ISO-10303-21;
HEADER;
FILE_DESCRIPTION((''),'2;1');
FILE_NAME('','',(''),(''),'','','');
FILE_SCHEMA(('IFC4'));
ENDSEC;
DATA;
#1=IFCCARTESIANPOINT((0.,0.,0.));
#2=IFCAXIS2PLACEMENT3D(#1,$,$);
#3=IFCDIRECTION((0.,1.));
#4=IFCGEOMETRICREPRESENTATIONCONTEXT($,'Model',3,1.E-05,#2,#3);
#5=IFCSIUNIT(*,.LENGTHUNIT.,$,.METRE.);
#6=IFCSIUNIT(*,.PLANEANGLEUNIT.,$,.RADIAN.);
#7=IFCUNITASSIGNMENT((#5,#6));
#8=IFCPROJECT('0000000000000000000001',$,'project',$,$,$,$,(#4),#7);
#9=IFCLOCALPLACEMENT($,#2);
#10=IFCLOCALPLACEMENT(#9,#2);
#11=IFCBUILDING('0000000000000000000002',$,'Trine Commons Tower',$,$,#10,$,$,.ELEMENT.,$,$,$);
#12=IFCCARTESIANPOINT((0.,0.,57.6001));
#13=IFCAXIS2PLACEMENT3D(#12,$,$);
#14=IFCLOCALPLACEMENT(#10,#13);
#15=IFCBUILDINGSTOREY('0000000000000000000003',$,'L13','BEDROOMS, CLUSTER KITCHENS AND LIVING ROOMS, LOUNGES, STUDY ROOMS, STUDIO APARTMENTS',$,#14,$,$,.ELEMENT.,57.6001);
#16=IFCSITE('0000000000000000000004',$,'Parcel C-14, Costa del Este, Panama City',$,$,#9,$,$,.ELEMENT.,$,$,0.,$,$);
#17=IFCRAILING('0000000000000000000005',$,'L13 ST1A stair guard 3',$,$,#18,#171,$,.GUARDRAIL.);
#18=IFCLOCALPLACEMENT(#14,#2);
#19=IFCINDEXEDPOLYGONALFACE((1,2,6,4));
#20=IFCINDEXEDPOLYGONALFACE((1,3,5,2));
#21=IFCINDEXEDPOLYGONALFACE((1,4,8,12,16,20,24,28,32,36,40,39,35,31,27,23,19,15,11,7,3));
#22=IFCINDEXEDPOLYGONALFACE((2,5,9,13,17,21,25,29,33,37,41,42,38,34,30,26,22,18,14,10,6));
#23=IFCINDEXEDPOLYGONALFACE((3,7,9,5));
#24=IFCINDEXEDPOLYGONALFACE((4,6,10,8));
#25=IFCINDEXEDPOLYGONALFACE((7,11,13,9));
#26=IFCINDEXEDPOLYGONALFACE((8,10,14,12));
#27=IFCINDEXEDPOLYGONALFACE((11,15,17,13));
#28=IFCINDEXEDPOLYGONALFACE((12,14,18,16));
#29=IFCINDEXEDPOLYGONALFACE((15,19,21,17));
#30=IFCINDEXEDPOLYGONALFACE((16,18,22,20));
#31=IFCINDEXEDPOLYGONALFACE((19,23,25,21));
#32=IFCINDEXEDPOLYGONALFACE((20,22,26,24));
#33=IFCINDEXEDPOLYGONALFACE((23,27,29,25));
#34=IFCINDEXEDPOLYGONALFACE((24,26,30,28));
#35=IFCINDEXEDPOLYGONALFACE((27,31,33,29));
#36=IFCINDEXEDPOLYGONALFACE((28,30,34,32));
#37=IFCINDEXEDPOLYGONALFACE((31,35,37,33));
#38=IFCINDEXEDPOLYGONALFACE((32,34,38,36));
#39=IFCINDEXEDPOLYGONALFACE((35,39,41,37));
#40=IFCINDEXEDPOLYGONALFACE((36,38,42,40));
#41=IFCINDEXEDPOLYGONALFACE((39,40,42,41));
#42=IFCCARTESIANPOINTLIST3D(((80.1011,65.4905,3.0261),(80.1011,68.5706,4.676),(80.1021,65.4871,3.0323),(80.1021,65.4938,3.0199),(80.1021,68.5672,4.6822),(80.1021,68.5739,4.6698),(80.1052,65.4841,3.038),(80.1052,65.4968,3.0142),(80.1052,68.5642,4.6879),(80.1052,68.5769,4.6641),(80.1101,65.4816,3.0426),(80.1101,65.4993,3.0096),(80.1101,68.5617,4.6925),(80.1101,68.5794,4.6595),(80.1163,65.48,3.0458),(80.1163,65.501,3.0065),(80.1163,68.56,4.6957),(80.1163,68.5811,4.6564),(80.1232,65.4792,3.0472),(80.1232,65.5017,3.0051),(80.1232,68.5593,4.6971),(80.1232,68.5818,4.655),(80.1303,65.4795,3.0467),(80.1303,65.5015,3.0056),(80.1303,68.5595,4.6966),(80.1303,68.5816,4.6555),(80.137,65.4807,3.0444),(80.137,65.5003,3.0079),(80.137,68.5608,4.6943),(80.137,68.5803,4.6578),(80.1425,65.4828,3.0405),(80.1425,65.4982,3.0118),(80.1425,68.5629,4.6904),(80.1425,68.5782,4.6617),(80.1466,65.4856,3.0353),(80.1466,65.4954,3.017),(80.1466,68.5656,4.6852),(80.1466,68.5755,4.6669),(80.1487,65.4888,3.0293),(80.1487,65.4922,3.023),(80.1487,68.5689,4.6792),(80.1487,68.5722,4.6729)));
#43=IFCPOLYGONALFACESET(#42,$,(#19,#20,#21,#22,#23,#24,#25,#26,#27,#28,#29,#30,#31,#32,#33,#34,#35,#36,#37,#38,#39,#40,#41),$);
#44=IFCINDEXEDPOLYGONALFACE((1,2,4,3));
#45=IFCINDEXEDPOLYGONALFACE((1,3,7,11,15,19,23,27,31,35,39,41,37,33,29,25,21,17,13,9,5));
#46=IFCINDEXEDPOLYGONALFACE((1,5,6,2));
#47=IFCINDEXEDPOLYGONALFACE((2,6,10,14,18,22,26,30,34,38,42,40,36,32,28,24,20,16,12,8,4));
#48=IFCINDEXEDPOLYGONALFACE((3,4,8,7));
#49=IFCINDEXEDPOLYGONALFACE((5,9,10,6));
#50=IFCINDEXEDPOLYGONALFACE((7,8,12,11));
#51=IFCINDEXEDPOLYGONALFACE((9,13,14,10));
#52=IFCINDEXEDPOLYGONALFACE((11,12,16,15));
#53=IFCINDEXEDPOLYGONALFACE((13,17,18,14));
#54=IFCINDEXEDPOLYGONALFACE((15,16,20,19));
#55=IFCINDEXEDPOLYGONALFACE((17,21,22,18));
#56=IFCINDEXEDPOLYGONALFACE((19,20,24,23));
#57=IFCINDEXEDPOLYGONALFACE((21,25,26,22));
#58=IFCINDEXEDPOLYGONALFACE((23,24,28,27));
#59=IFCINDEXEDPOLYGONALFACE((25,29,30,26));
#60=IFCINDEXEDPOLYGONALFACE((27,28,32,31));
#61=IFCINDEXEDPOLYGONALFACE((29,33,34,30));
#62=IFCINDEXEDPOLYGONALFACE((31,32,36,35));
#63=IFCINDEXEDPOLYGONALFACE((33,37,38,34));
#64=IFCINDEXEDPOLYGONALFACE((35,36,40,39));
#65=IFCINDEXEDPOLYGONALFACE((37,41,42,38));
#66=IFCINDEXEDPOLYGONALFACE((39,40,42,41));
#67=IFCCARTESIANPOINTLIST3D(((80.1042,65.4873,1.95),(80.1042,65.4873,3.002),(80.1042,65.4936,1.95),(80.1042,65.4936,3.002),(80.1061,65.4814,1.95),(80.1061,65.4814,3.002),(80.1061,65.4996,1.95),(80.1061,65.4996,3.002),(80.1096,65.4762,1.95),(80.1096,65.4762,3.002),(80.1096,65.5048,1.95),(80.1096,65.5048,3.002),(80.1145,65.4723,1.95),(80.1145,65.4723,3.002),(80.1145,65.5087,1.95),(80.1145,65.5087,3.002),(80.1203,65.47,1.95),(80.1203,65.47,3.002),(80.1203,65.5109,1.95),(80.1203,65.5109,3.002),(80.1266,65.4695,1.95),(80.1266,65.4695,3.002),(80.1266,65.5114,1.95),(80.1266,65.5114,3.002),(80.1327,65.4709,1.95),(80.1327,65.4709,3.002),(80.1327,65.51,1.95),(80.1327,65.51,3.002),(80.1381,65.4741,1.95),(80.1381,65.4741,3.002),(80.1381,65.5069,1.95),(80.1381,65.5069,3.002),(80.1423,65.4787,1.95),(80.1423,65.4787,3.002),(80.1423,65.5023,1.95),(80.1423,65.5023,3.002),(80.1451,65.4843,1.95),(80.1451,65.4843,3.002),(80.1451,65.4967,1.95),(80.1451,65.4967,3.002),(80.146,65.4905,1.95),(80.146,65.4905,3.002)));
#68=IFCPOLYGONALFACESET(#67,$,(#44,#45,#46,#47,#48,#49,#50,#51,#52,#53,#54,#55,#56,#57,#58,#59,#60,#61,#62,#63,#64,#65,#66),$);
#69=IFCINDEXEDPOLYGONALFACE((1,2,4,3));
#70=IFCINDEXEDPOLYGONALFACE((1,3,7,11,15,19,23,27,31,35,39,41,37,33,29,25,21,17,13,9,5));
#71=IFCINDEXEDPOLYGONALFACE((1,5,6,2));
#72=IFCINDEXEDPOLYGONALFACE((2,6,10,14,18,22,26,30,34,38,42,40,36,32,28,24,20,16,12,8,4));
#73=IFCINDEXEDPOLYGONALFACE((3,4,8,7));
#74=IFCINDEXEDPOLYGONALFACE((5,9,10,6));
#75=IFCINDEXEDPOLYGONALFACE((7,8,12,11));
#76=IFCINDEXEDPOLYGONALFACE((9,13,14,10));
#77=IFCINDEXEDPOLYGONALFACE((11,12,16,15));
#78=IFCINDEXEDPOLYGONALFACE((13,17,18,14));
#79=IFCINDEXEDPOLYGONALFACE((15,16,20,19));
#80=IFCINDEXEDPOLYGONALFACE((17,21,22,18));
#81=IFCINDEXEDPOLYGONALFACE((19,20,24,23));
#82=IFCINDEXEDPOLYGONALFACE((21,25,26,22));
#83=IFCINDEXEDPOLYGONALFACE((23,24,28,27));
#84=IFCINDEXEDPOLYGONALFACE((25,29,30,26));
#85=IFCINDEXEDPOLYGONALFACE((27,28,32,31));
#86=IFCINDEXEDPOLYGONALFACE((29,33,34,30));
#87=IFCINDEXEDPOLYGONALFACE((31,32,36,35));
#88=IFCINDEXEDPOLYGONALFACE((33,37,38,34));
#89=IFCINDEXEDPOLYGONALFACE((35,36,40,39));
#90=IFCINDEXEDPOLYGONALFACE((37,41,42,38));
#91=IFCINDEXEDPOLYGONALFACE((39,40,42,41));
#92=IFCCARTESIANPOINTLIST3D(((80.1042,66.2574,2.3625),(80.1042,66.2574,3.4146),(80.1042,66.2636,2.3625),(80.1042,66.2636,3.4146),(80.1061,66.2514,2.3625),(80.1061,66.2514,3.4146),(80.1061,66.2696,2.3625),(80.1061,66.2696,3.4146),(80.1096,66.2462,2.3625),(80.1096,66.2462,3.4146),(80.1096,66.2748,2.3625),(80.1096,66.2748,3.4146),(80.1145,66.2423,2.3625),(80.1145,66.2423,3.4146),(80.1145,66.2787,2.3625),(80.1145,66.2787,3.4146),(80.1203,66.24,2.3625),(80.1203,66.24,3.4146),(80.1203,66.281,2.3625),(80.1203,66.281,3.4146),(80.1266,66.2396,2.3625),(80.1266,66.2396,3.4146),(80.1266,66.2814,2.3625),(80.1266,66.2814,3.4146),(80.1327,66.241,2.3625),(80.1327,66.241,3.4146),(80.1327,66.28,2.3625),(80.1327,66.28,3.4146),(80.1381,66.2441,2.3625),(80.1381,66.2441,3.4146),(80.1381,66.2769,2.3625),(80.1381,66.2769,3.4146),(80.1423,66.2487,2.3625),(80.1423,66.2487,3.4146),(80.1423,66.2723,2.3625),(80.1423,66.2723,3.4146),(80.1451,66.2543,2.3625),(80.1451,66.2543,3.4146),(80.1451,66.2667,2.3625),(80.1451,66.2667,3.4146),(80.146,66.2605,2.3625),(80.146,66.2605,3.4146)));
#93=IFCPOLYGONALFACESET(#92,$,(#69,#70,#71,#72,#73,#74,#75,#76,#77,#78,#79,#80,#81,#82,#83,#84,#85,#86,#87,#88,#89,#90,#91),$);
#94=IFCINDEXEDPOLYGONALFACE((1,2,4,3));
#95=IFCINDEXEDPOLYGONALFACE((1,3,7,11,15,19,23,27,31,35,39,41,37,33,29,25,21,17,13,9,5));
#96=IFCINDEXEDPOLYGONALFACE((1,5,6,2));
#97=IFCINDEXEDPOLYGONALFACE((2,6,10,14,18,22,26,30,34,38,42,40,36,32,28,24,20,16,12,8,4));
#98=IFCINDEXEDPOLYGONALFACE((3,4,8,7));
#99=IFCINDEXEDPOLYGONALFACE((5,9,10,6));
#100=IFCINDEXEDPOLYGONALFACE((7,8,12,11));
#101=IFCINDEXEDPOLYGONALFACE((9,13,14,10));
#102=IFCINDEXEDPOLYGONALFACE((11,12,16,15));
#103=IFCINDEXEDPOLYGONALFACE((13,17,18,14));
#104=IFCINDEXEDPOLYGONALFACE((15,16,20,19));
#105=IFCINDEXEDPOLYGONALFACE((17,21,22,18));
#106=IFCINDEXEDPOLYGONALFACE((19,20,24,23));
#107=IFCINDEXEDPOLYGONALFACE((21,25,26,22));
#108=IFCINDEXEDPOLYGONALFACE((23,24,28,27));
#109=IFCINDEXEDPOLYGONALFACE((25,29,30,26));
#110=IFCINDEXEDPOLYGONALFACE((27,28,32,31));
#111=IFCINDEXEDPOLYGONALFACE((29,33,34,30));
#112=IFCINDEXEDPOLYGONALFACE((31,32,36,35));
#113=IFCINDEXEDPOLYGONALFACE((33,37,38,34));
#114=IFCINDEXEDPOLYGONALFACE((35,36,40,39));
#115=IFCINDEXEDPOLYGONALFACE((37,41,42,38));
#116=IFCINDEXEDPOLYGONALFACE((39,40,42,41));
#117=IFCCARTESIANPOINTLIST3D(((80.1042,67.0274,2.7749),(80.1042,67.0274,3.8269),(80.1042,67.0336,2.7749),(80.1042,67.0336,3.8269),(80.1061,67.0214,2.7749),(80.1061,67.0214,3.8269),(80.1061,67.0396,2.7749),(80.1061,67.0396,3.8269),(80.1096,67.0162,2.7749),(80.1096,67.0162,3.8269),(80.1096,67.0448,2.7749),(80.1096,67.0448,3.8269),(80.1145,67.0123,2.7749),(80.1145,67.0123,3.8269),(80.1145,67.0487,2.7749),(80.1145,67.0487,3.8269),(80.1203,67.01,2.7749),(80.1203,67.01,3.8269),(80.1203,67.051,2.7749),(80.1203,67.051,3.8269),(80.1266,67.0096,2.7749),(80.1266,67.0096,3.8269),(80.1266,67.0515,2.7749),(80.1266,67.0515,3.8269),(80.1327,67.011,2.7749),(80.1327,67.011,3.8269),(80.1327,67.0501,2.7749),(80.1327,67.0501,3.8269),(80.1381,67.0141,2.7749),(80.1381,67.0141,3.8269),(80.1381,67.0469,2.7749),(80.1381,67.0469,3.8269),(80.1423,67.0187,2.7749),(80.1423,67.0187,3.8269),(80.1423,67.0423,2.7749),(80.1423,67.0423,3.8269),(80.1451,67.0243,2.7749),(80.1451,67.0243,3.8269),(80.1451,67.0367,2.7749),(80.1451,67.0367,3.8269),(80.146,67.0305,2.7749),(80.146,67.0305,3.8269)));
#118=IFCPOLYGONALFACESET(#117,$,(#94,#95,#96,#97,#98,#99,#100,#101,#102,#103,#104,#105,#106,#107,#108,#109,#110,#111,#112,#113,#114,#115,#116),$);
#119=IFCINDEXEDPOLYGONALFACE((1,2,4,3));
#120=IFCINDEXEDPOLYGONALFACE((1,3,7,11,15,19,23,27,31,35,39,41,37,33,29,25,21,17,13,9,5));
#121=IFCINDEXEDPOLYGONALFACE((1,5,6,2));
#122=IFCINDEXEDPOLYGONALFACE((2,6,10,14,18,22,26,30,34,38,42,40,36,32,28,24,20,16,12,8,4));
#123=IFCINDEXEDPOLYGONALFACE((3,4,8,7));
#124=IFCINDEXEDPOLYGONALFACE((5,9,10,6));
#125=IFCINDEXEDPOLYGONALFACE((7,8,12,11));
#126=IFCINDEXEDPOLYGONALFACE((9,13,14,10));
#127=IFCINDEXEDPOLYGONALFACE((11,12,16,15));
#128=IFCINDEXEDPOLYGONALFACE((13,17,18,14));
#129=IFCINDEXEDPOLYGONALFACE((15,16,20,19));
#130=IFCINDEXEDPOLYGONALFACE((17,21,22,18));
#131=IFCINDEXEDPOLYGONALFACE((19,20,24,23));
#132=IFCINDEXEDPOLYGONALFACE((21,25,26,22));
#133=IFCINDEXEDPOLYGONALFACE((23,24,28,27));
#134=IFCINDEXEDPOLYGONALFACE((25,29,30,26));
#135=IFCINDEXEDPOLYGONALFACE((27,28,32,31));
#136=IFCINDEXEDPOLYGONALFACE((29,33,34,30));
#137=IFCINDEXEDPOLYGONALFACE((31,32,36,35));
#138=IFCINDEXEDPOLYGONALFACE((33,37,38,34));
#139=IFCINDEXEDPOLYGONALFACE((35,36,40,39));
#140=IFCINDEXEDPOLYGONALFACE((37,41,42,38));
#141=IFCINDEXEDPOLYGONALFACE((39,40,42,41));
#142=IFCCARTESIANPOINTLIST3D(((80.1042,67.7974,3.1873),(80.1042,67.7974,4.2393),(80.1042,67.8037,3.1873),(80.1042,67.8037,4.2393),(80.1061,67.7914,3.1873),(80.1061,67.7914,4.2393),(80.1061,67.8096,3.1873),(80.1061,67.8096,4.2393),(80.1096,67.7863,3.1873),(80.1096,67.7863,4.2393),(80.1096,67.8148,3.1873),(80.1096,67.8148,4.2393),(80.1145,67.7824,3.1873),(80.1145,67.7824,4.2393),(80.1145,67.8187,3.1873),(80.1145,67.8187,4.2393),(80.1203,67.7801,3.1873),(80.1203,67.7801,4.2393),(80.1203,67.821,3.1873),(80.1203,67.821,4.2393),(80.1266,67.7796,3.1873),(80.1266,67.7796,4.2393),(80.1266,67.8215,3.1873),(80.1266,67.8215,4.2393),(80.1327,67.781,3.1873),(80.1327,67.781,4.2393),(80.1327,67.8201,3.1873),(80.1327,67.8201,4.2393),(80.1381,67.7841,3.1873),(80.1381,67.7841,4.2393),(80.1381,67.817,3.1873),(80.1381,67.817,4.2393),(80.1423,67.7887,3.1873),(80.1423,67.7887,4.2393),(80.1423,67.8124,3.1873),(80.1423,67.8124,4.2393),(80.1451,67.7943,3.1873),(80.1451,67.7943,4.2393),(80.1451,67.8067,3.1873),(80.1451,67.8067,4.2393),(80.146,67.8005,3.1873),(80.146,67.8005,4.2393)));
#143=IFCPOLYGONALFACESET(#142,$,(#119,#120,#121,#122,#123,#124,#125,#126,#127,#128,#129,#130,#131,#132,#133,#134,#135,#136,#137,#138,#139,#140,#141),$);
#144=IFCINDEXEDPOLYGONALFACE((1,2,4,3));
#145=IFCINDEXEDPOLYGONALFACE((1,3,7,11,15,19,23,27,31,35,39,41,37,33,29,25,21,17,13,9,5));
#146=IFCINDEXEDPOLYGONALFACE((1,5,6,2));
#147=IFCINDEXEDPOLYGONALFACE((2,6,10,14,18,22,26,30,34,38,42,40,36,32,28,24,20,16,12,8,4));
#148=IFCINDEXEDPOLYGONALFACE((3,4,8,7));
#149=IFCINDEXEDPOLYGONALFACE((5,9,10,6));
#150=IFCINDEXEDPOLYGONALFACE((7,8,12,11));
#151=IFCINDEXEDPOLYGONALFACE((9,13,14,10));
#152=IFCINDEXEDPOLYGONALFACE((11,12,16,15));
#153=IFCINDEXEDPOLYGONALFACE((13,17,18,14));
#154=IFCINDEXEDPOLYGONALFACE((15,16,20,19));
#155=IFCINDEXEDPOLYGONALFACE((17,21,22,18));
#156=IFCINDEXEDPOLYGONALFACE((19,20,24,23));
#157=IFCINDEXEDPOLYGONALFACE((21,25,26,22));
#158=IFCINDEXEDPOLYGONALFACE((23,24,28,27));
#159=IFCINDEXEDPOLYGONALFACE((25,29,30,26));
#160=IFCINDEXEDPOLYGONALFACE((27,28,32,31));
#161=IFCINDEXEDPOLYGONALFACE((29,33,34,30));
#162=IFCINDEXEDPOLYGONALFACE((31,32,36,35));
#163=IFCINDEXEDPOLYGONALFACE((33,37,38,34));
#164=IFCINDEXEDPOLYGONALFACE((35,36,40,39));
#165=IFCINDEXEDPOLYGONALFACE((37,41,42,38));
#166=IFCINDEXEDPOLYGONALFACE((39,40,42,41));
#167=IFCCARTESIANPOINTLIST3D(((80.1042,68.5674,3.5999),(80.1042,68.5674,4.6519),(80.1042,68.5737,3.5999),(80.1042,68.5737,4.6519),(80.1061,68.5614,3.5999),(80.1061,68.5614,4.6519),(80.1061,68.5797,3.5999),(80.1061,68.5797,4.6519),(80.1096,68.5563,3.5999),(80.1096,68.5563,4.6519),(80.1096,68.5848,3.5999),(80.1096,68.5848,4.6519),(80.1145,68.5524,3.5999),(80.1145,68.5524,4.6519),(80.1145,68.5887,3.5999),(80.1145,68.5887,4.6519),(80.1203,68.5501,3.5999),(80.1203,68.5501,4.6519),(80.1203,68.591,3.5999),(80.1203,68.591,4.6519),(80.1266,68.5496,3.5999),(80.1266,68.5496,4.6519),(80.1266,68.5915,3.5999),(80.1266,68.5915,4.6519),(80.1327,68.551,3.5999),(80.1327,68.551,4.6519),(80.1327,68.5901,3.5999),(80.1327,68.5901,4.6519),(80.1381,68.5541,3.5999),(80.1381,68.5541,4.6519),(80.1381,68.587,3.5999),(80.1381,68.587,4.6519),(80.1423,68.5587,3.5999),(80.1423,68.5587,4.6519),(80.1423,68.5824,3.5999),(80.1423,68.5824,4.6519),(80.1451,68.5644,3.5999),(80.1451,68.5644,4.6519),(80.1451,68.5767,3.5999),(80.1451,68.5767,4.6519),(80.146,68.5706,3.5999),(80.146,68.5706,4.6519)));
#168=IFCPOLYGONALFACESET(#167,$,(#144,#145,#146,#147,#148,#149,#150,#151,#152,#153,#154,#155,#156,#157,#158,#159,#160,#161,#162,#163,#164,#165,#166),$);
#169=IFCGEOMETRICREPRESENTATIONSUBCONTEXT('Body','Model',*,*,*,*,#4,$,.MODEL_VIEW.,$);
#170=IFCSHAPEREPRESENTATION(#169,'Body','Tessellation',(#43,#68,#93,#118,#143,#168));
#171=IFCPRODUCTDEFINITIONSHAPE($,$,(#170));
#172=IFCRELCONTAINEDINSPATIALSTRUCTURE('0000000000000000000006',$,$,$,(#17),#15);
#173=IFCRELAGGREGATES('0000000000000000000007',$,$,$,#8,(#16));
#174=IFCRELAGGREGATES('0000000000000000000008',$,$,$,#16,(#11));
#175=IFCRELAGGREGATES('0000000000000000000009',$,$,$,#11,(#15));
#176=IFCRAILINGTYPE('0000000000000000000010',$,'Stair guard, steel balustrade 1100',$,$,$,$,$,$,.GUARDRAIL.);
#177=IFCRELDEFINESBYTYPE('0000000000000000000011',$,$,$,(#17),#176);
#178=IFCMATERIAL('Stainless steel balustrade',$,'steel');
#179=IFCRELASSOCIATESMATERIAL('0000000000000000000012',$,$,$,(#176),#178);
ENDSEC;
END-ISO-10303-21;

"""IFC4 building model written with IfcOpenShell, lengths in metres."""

from ifc_helpers import new_model, si_unit, direction, frame, origin, origin_2d, place, context, subcontext, project, spatial, circle, extrude, material, type_object, element, save


model = new_model("IFC4")

# Units and contexts
model_context = context("Model", 3, precision=1e-05, world=origin(), true_north=direction((0.0, 1.0)))
body_context = subcontext(model_context, "Body", "Model", "MODEL_VIEW")
ifc_project = project(units=[si_unit("LENGTHUNIT", "METRE"), si_unit("PLANEANGLEUNIT", "RADIAN")], contexts=[model_context])

# Site, building, storey
site_placement = place(None, origin())
site = spatial("IfcSite", under=ifc_project, at=site_placement, Name="Parcel C-14, Costa del Este, Panama City", CompositionType="ELEMENT", RefElevation=0.0)
building_placement = place(site_placement, origin())
building = spatial("IfcBuilding", under=site, at=building_placement, Name="Trine Commons Tower", CompositionType="ELEMENT")
storey_placement = place(building_placement, frame((0.0, 0.0, 57.6001)))
storey = spatial("IfcBuildingStorey", under=building, at=storey_placement, Name="L13", Description="BEDROOMS, CLUSTER KITCHENS AND LIVING ROOMS, LOUNGES, STUDY ROOMS, STUDIO APARTMENTS", CompositionType="ELEMENT", Elevation=57.6001)

# Railing
ifc_material_1 = material(Name="Stainless steel balustrade", Category="steel")
railing_type_1 = type_object("IfcRailingType", Name="Stair guard, steel balustrade 1100", PredefinedType="GUARDRAIL", material=ifc_material_1)
railing_1_placement = place(storey_placement, frame((80.125, 65.4905, 1.95)))
element("IfcRailing", 1, at=railing_1_placement, inside=storey, type_object=railing_type_1, Name="L13 ST1A stair guard 3", PredefinedType="GUARDRAIL", context=body_context, shape_type="SweptSolid", body=[
    extrude(circle(Radius=0.0239, at=origin_2d()), frame((0.0, 0.0, 1.0762), z_axis=(0.0, 0.881497, 0.47219), x_axis=(-1.0, 0.0, 0.0)), (0.0, 0.0, 1.0), 3.4941),
    extrude(circle(Radius=0.021, at=origin_2d()), origin(), (0.0, 0.0, 1.0), 1.052),
    extrude(circle(Radius=0.021, at=origin_2d()), frame((0.0, 0.77, 0.4126)), (0.0, 0.0, 1.0), 1.052),
    extrude(circle(Radius=0.021, at=origin_2d()), frame((0.0, 1.54, 0.825)), (0.0, 0.0, 1.0), 1.052),
    extrude(circle(Radius=0.021, at=origin_2d()), frame((0.0, 2.3101, 1.2373)), (0.0, 0.0, 1.0), 1.052),
    extrude(circle(Radius=0.021, at=origin_2d()), frame((0.0, 3.0801, 1.6499)), (0.0, 0.0, 1.0), 1.052),
])

save(model, "model.ifc")
